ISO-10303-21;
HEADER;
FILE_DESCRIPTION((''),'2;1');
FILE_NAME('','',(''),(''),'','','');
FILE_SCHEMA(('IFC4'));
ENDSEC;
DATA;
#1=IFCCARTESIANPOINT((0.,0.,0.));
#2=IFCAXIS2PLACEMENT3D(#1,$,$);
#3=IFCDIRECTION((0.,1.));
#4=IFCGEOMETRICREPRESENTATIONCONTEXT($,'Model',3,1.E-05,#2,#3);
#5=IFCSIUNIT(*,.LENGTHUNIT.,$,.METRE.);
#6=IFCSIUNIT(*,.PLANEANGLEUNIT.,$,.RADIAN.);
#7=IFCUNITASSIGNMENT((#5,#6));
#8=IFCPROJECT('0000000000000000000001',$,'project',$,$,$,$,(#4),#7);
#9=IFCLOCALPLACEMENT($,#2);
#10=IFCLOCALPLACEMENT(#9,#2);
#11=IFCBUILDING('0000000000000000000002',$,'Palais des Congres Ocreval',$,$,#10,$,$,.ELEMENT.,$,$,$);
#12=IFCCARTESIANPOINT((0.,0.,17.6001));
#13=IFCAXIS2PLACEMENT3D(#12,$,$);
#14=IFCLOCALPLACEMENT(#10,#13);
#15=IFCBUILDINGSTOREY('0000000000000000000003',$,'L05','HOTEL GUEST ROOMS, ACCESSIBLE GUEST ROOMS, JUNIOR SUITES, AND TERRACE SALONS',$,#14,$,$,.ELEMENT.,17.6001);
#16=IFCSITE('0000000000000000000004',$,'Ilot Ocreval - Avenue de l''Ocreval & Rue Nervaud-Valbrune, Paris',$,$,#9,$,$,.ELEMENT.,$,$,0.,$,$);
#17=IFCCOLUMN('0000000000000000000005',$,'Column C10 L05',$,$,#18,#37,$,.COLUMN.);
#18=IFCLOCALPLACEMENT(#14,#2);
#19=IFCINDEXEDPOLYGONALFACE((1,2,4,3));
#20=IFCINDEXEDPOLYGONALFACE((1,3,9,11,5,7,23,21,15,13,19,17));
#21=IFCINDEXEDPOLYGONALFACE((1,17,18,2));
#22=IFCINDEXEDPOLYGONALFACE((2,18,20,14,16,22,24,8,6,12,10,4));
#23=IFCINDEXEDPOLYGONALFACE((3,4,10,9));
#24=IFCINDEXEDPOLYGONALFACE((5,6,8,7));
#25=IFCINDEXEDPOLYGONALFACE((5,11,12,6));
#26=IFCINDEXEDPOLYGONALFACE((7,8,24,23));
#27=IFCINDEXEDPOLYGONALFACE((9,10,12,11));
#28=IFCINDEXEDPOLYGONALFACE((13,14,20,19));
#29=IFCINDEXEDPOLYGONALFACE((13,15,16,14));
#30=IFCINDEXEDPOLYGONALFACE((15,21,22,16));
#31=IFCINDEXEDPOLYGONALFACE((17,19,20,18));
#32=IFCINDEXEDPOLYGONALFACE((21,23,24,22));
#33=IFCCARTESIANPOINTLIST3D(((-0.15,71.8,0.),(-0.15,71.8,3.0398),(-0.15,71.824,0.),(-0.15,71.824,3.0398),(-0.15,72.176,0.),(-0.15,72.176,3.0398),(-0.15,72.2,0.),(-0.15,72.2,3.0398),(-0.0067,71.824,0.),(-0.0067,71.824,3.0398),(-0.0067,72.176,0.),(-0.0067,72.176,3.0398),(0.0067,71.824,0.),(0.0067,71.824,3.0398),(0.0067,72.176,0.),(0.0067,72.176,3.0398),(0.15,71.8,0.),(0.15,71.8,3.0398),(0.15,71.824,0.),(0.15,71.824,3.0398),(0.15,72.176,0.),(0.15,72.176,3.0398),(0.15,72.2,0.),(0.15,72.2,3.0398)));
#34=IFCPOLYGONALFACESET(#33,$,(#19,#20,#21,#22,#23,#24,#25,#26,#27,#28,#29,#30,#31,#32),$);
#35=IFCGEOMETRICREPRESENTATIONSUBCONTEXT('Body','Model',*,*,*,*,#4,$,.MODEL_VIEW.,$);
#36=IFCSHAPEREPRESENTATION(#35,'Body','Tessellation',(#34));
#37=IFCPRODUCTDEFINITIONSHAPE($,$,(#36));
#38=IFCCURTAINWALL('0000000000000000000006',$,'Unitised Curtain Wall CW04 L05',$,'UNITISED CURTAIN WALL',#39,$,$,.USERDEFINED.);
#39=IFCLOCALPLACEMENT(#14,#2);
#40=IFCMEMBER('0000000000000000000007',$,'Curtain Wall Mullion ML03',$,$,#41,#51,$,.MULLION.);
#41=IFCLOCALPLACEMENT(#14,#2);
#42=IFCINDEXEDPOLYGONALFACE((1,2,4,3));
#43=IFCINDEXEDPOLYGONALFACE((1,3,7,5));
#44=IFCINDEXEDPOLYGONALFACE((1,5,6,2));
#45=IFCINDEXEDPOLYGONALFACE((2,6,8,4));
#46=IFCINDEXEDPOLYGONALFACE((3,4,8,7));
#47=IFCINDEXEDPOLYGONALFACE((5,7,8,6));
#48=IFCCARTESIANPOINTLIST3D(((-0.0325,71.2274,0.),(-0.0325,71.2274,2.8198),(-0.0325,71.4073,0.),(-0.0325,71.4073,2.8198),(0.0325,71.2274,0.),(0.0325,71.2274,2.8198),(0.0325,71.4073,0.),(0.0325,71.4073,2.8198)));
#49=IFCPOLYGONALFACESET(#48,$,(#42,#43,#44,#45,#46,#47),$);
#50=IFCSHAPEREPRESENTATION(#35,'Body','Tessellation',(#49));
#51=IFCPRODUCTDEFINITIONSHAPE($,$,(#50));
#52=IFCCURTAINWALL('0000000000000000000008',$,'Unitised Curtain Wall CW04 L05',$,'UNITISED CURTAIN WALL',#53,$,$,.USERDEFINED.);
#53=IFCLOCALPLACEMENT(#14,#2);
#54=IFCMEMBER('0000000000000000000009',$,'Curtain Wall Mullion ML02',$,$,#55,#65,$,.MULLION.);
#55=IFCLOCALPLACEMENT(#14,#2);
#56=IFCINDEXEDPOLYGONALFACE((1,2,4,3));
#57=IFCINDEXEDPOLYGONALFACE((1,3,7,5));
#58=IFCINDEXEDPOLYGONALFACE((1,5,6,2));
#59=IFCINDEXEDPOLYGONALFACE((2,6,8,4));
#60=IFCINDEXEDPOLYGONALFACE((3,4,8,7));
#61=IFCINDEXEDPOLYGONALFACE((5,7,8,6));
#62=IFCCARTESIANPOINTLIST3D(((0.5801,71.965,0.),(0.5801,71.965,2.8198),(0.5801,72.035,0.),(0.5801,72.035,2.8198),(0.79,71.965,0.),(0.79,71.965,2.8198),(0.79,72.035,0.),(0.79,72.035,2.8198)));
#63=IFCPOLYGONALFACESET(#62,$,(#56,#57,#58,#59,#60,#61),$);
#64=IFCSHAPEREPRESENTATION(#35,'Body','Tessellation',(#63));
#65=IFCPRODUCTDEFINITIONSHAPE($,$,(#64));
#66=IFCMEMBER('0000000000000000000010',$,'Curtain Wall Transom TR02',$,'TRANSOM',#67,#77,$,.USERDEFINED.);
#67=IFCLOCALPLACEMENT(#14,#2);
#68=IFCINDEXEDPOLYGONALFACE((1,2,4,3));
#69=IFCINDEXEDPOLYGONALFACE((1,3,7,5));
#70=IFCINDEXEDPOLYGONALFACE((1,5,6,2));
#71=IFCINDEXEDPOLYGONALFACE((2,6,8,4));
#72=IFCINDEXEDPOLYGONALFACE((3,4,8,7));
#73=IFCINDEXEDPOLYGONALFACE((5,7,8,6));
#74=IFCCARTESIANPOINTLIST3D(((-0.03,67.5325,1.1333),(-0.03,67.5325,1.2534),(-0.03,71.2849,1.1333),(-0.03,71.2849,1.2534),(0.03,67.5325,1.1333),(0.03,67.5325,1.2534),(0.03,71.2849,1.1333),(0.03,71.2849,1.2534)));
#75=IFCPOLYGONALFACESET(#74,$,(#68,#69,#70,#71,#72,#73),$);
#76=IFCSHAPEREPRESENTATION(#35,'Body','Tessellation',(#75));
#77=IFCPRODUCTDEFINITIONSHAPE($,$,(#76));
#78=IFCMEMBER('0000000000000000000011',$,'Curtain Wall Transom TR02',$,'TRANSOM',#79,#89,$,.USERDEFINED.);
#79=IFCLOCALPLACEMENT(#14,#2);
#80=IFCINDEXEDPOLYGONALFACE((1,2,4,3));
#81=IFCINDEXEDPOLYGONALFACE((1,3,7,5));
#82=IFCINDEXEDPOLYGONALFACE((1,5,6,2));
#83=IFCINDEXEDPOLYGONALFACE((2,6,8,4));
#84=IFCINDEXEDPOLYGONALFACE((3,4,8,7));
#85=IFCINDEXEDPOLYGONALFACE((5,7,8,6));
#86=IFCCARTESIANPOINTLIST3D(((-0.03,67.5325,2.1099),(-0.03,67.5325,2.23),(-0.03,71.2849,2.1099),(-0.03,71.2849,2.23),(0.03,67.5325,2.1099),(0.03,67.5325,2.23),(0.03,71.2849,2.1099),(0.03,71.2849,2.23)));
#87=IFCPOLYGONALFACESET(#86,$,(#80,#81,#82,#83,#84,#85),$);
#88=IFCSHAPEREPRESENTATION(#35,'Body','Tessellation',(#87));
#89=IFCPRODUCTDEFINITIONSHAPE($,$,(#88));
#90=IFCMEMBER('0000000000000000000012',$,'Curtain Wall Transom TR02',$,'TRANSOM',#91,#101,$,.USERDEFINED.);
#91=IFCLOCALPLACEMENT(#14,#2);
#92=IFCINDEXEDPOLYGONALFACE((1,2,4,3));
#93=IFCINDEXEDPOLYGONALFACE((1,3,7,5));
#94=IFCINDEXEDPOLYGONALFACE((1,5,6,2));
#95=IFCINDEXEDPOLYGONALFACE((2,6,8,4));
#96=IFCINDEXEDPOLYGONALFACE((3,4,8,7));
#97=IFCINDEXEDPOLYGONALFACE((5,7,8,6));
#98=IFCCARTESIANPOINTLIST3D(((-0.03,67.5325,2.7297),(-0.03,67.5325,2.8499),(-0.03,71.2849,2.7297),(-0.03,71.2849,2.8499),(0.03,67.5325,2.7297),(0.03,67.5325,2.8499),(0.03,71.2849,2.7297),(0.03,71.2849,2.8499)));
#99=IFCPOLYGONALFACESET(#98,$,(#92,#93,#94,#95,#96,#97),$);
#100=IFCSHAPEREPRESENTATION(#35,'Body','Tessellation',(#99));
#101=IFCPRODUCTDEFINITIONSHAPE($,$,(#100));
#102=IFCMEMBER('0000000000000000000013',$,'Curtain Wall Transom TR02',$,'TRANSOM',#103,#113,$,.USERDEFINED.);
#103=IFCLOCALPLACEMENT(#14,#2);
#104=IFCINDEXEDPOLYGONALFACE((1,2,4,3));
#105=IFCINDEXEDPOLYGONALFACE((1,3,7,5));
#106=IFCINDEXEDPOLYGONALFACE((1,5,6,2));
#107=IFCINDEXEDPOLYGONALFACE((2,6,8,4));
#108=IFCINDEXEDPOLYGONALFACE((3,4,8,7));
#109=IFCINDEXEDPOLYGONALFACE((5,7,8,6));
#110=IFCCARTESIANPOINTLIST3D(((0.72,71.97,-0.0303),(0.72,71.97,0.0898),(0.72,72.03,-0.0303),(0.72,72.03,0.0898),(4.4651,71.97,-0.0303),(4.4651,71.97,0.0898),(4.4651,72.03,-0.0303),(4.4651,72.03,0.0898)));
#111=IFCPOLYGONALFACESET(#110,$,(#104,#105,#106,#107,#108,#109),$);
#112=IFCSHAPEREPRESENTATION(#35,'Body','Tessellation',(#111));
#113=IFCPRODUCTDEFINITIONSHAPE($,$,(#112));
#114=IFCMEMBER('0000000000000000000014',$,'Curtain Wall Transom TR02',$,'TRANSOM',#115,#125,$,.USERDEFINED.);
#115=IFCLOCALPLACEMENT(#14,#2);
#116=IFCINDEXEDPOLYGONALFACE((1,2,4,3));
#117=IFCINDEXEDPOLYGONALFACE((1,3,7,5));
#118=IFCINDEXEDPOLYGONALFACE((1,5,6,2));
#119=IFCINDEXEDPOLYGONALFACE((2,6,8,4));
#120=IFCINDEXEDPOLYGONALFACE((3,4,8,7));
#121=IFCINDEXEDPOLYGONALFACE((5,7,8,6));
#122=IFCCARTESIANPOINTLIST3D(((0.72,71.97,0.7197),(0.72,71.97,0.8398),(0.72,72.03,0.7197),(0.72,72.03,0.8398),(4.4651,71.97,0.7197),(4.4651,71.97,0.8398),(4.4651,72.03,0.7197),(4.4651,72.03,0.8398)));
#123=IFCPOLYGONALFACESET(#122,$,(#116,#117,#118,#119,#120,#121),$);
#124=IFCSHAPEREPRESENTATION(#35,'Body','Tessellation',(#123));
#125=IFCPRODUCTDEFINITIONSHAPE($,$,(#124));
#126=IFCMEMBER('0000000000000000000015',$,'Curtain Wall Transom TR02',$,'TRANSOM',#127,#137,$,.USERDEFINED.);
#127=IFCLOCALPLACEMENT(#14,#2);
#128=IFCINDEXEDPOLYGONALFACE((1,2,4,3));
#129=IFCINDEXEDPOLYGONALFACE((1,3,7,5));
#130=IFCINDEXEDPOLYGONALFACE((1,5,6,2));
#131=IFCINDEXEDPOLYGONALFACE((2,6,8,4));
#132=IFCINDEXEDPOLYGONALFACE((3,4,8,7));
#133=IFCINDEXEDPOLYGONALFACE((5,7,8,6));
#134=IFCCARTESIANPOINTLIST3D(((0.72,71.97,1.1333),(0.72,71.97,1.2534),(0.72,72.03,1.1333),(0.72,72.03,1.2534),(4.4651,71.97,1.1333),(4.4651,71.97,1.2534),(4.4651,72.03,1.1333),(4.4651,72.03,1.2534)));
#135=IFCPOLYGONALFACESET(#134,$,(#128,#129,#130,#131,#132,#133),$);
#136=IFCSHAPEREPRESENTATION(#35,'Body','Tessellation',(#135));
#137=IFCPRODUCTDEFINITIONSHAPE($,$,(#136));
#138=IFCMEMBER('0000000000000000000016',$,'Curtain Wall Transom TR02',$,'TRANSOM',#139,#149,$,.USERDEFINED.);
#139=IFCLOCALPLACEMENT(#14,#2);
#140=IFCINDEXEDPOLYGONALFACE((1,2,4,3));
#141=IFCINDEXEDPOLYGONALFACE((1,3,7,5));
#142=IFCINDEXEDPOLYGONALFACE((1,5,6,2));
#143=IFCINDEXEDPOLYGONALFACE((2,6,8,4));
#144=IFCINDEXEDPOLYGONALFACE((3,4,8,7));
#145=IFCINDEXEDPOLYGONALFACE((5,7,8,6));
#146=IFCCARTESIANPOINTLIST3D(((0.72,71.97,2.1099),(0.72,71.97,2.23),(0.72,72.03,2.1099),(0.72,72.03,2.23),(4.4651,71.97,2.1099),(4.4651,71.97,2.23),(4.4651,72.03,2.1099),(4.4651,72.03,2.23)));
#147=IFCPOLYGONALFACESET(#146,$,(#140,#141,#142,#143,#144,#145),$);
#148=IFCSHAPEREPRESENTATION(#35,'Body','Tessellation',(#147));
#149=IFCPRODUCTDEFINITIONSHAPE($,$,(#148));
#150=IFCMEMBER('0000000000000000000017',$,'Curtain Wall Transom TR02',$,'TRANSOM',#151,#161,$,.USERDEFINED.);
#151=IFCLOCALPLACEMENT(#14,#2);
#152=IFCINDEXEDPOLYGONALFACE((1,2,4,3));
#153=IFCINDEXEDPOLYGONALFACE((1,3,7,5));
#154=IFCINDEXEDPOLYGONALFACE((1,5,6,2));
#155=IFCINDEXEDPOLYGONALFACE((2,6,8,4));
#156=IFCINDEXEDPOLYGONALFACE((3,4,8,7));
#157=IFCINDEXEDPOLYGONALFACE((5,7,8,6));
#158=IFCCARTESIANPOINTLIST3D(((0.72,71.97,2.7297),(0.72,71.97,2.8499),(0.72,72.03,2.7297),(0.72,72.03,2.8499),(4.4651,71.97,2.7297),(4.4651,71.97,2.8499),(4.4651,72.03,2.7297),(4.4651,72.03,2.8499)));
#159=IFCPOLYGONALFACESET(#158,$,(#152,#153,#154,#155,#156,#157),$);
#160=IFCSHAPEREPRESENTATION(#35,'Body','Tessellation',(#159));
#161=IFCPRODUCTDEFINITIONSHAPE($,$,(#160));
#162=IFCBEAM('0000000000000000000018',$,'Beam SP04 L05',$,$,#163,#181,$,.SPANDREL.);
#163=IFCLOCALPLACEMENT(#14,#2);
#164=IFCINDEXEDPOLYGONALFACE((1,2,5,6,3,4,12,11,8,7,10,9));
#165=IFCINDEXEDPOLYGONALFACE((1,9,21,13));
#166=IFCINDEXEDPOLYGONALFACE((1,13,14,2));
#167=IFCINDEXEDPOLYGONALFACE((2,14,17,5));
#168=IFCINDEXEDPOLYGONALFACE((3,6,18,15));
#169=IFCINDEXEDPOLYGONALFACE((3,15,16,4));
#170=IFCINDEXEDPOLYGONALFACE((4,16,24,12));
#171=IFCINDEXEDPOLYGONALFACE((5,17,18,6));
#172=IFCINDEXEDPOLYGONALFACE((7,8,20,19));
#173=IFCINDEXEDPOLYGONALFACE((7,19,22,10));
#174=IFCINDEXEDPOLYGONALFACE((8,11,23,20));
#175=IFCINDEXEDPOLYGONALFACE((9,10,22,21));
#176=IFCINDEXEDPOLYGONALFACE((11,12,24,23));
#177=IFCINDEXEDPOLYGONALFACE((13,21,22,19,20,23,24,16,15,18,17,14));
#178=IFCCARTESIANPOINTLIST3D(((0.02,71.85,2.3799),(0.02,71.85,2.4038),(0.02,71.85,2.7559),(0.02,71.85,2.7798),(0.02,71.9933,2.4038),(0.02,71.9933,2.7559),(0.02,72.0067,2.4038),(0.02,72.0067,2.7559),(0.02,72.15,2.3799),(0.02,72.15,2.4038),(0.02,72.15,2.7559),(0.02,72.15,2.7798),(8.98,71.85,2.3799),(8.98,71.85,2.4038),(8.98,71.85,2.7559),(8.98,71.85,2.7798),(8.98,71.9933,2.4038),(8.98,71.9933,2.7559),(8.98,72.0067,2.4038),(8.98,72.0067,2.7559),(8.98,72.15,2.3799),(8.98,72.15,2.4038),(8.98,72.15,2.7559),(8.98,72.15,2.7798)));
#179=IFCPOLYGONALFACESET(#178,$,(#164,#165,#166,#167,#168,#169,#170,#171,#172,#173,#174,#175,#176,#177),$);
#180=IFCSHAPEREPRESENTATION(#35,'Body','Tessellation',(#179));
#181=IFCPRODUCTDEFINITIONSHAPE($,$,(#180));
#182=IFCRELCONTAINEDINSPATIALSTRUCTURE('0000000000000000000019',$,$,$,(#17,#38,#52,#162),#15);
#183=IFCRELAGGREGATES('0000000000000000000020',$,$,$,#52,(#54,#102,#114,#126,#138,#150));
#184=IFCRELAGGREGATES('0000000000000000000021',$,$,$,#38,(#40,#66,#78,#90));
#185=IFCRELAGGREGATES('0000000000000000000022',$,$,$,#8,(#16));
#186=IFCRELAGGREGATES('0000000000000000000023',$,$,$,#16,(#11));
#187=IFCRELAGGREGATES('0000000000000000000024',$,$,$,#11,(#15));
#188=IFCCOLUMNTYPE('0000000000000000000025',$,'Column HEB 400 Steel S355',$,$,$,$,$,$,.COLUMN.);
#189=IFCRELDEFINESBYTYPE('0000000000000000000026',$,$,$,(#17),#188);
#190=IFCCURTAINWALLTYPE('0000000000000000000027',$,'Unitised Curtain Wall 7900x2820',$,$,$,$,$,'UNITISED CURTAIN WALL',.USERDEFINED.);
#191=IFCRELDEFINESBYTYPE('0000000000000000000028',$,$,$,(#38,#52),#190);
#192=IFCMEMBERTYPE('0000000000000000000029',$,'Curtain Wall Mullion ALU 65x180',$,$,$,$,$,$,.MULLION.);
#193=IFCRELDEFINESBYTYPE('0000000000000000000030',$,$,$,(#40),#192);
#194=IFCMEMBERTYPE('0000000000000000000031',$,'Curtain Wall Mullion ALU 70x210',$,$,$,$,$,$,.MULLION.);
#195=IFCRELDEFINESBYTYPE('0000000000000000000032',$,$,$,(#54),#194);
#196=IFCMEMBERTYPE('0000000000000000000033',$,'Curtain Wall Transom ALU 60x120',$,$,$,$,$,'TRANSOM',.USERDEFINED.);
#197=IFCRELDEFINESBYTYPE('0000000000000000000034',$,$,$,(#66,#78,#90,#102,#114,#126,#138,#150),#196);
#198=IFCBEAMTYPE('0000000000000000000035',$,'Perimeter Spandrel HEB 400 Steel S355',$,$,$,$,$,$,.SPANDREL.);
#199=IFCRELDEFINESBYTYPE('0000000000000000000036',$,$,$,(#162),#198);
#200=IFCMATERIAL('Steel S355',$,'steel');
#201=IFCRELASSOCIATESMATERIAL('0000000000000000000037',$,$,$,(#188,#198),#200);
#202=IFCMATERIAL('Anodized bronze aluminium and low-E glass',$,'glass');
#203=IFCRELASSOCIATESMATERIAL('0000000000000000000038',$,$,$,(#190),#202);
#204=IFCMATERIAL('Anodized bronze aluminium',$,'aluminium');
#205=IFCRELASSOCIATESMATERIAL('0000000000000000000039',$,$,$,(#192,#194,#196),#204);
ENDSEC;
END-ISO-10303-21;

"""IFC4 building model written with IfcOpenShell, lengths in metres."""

from ifc_helpers import new_model, si_unit, direction, frame, origin, origin_2d, place, context, subcontext, project, spatial, rectangle, i_section, extrude, material, material_profile, profile_set, type_object, element, aggregate, save


model = new_model("IFC4")

# Units and contexts
model_context = context("Model", 3, precision=1e-05, world=origin(), true_north=direction((0.0, 1.0)))
body_context = subcontext(model_context, "Body", "Model", "MODEL_VIEW")
ifc_project = project(units=[si_unit("LENGTHUNIT", "METRE"), si_unit("PLANEANGLEUNIT", "RADIAN")], contexts=[model_context])

# Site, building, storey
site_placement = place(None, origin())
site = spatial("IfcSite", under=ifc_project, at=site_placement, Name="Ilot Ocreval - Avenue de l'Ocreval & Rue Nervaud-Valbrune, Paris", CompositionType="ELEMENT", RefElevation=0.0)
building_placement = place(site_placement, origin())
building = spatial("IfcBuilding", under=site, at=building_placement, Name="Palais des Congres Ocreval", CompositionType="ELEMENT")
storey_placement = place(building_placement, frame((0.0, 0.0, 17.6001)))
storey = spatial("IfcBuildingStorey", under=building, at=storey_placement, Name="L05", Description="HOTEL GUEST ROOMS, ACCESSIBLE GUEST ROOMS, JUNIOR SUITES, AND TERRACE SALONS", CompositionType="ELEMENT", Elevation=17.6001)

# Column
ifc_material_1 = material(Name="Steel S355", Category="steel")
ifc_material_profile_1 = material_profile(ifc_material_1, i_section(OverallWidth=0.3, OverallDepth=0.3999, WebThickness=0.0134, FlangeThickness=0.0239, at=origin_2d()), Name="HEB 400")
ifc_profile_set_1 = profile_set([ifc_material_profile_1], Name="Steel S355")
column_type = type_object("IfcColumnType", Name="Column HEB 400 Steel S355", PredefinedType="COLUMN", material=ifc_profile_set_1)
column_placement = place(storey_placement, frame((0.0, 72.0, 0.0), z_axis=(0.0, 0.0, 1.0), x_axis=(1.0, 0.0, 0.0)))
element("IfcColumn", 1, at=column_placement, inside=storey, type_object=column_type, Name="Column C10 L05", PredefinedType="COLUMN", context=body_context, shape_type="SweptSolid", body=[
    extrude(i_section(OverallWidth=0.3, OverallDepth=0.3999, WebThickness=0.0134, FlangeThickness=0.0239, at=origin_2d()), origin(), (0.0, 0.0, 1.0), 3.0398),
])

# Curtain walls, members
ifc_material_2 = material(Name="Anodized bronze aluminium and low-E glass", Category="glass")
curtain_wall_type = type_object("IfcCurtainWallType", Name="Unitised Curtain Wall 7900x2820", ElementType="UNITISED CURTAIN WALL", PredefinedType="USERDEFINED", material=ifc_material_2)
curtain_wall_1_placement = place(storey_placement, origin())
curtain_wall_1 = element("IfcCurtainWall", 2, at=curtain_wall_1_placement, inside=storey, type_object=curtain_wall_type, Name="Unitised Curtain Wall CW04 L05", ObjectType="UNITISED CURTAIN WALL", PredefinedType="USERDEFINED")
ifc_material_3 = material(Name="Anodized bronze aluminium", Category="aluminium")
ifc_material_profile_2 = material_profile(ifc_material_3, rectangle(XDim=0.0649, YDim=0.1799, at=origin_2d()), Name="ALU 65x180")
ifc_profile_set_2 = profile_set([ifc_material_profile_2], Name="Anodized bronze aluminium")
member_type_1 = type_object("IfcMemberType", Name="Curtain Wall Mullion ALU 65x180", PredefinedType="MULLION", material=ifc_profile_set_2)
member_1_placement = place(storey_placement, frame((0.0, 71.3174, 0.0), z_axis=(0.0, 0.0, 1.0), x_axis=(-1.0, 0.0, 0.0)))
member_1 = element("IfcMember", 3, at=member_1_placement, type_object=member_type_1, Name="Curtain Wall Mullion ML03", PredefinedType="MULLION", context=body_context, shape_type="SweptSolid", body=[
    extrude(rectangle(XDim=0.0649, YDim=0.1799, at=origin_2d()), origin(), (0.0, 0.0, 1.0), 2.8198),
])
curtain_wall_2_placement = place(storey_placement, origin())
curtain_wall_2 = element("IfcCurtainWall", 4, at=curtain_wall_2_placement, inside=storey, type_object=curtain_wall_type, Name="Unitised Curtain Wall CW04 L05", ObjectType="UNITISED CURTAIN WALL", PredefinedType="USERDEFINED")
ifc_material_profile_3 = material_profile(ifc_material_3, rectangle(XDim=0.0701, YDim=0.21, at=origin_2d()), Name="ALU 70x210")
ifc_profile_set_3 = profile_set([ifc_material_profile_3], Name="Anodized bronze aluminium")
member_type_2 = type_object("IfcMemberType", Name="Curtain Wall Mullion ALU 70x210", PredefinedType="MULLION", material=ifc_profile_set_3)
member_2_placement = place(storey_placement, frame((0.6851, 72.0, 0.0), z_axis=(0.0, 0.0, 1.0), x_axis=(0.0, 1.0, 0.0)))
member_2 = element("IfcMember", 5, at=member_2_placement, type_object=member_type_2, Name="Curtain Wall Mullion ML02", PredefinedType="MULLION", context=body_context, shape_type="SweptSolid", body=[
    extrude(rectangle(XDim=0.0701, YDim=0.21, at=origin_2d()), origin(), (0.0, 0.0, 1.0), 2.8198),
])

# Members
ifc_material_profile_4 = material_profile(ifc_material_3, rectangle(XDim=0.0601, YDim=0.1201, at=origin_2d()), Name="ALU 60x120")
ifc_profile_set_4 = profile_set([ifc_material_profile_4], Name="Anodized bronze aluminium")
member_type_3 = type_object("IfcMemberType", Name="Curtain Wall Transom ALU 60x120", ElementType="TRANSOM", PredefinedType="USERDEFINED", material=ifc_profile_set_4)
member_3_placement = place(storey_placement, frame((0.0, 67.5325, 1.1934), z_axis=(0.0, 1.0, 0.0), x_axis=(-1.0, 0.0, 0.0)))
member_3 = element("IfcMember", 6, at=member_3_placement, type_object=member_type_3, Name="Curtain Wall Transom TR02", ObjectType="TRANSOM", PredefinedType="USERDEFINED", context=body_context, shape_type="SweptSolid", body=[
    extrude(rectangle(XDim=0.0601, YDim=0.1201, at=origin_2d()), origin(), (0.0, 0.0, 1.0), 3.7524),
])
member_4_placement = place(storey_placement, frame((0.0, 67.5325, 2.1699), z_axis=(0.0, 1.0, 0.0), x_axis=(-1.0, 0.0, 0.0)))
member_4 = element("IfcMember", 7, at=member_4_placement, type_object=member_type_3, Name="Curtain Wall Transom TR02", ObjectType="TRANSOM", PredefinedType="USERDEFINED", context=body_context, shape_type="SweptSolid", body=[
    extrude(rectangle(XDim=0.0601, YDim=0.1201, at=origin_2d()), origin(), (0.0, 0.0, 1.0), 3.7524),
])
member_5_placement = place(storey_placement, frame((0.0, 67.5325, 2.7898), z_axis=(0.0, 1.0, 0.0), x_axis=(-1.0, 0.0, 0.0)))
member_5 = element("IfcMember", 8, at=member_5_placement, type_object=member_type_3, Name="Curtain Wall Transom TR02", ObjectType="TRANSOM", PredefinedType="USERDEFINED", context=body_context, shape_type="SweptSolid", body=[
    extrude(rectangle(XDim=0.0601, YDim=0.1201, at=origin_2d()), origin(), (0.0, 0.0, 1.0), 3.7524),
])
member_6_placement = place(storey_placement, frame((0.72, 72.0, 0.0298), z_axis=(1.0, 0.0, 0.0), x_axis=(0.0, 1.0, 0.0)))
member_6 = element("IfcMember", 9, at=member_6_placement, type_object=member_type_3, Name="Curtain Wall Transom TR02", ObjectType="TRANSOM", PredefinedType="USERDEFINED", context=body_context, shape_type="SweptSolid", body=[
    extrude(rectangle(XDim=0.0601, YDim=0.1201, at=origin_2d()), origin(), (0.0, 0.0, 1.0), 3.7451),
])
member_7_placement = place(storey_placement, frame((0.72, 72.0, 0.7798), z_axis=(1.0, 0.0, 0.0), x_axis=(0.0, 1.0, 0.0)))
member_7 = element("IfcMember", 10, at=member_7_placement, type_object=member_type_3, Name="Curtain Wall Transom TR02", ObjectType="TRANSOM", PredefinedType="USERDEFINED", context=body_context, shape_type="SweptSolid", body=[
    extrude(rectangle(XDim=0.0601, YDim=0.1201, at=origin_2d()), origin(), (0.0, 0.0, 1.0), 3.7451),
])
member_8_placement = place(storey_placement, frame((0.72, 72.0, 1.1934), z_axis=(1.0, 0.0, 0.0), x_axis=(0.0, 1.0, 0.0)))
member_8 = element("IfcMember", 11, at=member_8_placement, type_object=member_type_3, Name="Curtain Wall Transom TR02", ObjectType="TRANSOM", PredefinedType="USERDEFINED", context=body_context, shape_type="SweptSolid", body=[
    extrude(rectangle(XDim=0.0601, YDim=0.1201, at=origin_2d()), origin(), (0.0, 0.0, 1.0), 3.7451),
])
member_9_placement = place(storey_placement, frame((0.72, 72.0, 2.1699), z_axis=(1.0, 0.0, 0.0), x_axis=(0.0, 1.0, 0.0)))
member_9 = element("IfcMember", 12, at=member_9_placement, type_object=member_type_3, Name="Curtain Wall Transom TR02", ObjectType="TRANSOM", PredefinedType="USERDEFINED", context=body_context, shape_type="SweptSolid", body=[
    extrude(rectangle(XDim=0.0601, YDim=0.1201, at=origin_2d()), origin(), (0.0, 0.0, 1.0), 3.7451),
])
member_10_placement = place(storey_placement, frame((0.72, 72.0, 2.7898), z_axis=(1.0, 0.0, 0.0), x_axis=(0.0, 1.0, 0.0)))
member_10 = element("IfcMember", 13, at=member_10_placement, type_object=member_type_3, Name="Curtain Wall Transom TR02", ObjectType="TRANSOM", PredefinedType="USERDEFINED", context=body_context, shape_type="SweptSolid", body=[
    extrude(rectangle(XDim=0.0601, YDim=0.1201, at=origin_2d()), origin(), (0.0, 0.0, 1.0), 3.7451),
])

# Beam
ifc_material_profile_5 = material_profile(ifc_material_1, i_section(OverallWidth=0.3, OverallDepth=0.3999, WebThickness=0.0134, FlangeThickness=0.0239, at=origin_2d()), Name="HEB 400")
ifc_profile_set_5 = profile_set([ifc_material_profile_5], Name="Steel S355")
beam_type = type_object("IfcBeamType", Name="Perimeter Spandrel HEB 400 Steel S355", PredefinedType="SPANDREL", material=ifc_profile_set_5)
beam_placement = place(storey_placement, frame((0.02, 72.0, 2.5798), z_axis=(1.0, 0.0, 0.0), x_axis=(0.0, 1.0, 0.0)))
element("IfcBeam", 14, at=beam_placement, inside=storey, type_object=beam_type, Name="Beam SP04 L05", PredefinedType="SPANDREL", context=body_context, shape_type="SweptSolid", body=[
    extrude(i_section(OverallWidth=0.3, OverallDepth=0.3999, WebThickness=0.0134, FlangeThickness=0.0239, at=origin_2d()), origin(), (0.0, 0.0, 1.0), 8.96),
])

aggregate(curtain_wall_2, [member_2, member_6, member_7, member_8, member_9, member_10])
aggregate(curtain_wall_1, [member_1, member_3, member_4, member_5])

save(model, "model.ifc")
